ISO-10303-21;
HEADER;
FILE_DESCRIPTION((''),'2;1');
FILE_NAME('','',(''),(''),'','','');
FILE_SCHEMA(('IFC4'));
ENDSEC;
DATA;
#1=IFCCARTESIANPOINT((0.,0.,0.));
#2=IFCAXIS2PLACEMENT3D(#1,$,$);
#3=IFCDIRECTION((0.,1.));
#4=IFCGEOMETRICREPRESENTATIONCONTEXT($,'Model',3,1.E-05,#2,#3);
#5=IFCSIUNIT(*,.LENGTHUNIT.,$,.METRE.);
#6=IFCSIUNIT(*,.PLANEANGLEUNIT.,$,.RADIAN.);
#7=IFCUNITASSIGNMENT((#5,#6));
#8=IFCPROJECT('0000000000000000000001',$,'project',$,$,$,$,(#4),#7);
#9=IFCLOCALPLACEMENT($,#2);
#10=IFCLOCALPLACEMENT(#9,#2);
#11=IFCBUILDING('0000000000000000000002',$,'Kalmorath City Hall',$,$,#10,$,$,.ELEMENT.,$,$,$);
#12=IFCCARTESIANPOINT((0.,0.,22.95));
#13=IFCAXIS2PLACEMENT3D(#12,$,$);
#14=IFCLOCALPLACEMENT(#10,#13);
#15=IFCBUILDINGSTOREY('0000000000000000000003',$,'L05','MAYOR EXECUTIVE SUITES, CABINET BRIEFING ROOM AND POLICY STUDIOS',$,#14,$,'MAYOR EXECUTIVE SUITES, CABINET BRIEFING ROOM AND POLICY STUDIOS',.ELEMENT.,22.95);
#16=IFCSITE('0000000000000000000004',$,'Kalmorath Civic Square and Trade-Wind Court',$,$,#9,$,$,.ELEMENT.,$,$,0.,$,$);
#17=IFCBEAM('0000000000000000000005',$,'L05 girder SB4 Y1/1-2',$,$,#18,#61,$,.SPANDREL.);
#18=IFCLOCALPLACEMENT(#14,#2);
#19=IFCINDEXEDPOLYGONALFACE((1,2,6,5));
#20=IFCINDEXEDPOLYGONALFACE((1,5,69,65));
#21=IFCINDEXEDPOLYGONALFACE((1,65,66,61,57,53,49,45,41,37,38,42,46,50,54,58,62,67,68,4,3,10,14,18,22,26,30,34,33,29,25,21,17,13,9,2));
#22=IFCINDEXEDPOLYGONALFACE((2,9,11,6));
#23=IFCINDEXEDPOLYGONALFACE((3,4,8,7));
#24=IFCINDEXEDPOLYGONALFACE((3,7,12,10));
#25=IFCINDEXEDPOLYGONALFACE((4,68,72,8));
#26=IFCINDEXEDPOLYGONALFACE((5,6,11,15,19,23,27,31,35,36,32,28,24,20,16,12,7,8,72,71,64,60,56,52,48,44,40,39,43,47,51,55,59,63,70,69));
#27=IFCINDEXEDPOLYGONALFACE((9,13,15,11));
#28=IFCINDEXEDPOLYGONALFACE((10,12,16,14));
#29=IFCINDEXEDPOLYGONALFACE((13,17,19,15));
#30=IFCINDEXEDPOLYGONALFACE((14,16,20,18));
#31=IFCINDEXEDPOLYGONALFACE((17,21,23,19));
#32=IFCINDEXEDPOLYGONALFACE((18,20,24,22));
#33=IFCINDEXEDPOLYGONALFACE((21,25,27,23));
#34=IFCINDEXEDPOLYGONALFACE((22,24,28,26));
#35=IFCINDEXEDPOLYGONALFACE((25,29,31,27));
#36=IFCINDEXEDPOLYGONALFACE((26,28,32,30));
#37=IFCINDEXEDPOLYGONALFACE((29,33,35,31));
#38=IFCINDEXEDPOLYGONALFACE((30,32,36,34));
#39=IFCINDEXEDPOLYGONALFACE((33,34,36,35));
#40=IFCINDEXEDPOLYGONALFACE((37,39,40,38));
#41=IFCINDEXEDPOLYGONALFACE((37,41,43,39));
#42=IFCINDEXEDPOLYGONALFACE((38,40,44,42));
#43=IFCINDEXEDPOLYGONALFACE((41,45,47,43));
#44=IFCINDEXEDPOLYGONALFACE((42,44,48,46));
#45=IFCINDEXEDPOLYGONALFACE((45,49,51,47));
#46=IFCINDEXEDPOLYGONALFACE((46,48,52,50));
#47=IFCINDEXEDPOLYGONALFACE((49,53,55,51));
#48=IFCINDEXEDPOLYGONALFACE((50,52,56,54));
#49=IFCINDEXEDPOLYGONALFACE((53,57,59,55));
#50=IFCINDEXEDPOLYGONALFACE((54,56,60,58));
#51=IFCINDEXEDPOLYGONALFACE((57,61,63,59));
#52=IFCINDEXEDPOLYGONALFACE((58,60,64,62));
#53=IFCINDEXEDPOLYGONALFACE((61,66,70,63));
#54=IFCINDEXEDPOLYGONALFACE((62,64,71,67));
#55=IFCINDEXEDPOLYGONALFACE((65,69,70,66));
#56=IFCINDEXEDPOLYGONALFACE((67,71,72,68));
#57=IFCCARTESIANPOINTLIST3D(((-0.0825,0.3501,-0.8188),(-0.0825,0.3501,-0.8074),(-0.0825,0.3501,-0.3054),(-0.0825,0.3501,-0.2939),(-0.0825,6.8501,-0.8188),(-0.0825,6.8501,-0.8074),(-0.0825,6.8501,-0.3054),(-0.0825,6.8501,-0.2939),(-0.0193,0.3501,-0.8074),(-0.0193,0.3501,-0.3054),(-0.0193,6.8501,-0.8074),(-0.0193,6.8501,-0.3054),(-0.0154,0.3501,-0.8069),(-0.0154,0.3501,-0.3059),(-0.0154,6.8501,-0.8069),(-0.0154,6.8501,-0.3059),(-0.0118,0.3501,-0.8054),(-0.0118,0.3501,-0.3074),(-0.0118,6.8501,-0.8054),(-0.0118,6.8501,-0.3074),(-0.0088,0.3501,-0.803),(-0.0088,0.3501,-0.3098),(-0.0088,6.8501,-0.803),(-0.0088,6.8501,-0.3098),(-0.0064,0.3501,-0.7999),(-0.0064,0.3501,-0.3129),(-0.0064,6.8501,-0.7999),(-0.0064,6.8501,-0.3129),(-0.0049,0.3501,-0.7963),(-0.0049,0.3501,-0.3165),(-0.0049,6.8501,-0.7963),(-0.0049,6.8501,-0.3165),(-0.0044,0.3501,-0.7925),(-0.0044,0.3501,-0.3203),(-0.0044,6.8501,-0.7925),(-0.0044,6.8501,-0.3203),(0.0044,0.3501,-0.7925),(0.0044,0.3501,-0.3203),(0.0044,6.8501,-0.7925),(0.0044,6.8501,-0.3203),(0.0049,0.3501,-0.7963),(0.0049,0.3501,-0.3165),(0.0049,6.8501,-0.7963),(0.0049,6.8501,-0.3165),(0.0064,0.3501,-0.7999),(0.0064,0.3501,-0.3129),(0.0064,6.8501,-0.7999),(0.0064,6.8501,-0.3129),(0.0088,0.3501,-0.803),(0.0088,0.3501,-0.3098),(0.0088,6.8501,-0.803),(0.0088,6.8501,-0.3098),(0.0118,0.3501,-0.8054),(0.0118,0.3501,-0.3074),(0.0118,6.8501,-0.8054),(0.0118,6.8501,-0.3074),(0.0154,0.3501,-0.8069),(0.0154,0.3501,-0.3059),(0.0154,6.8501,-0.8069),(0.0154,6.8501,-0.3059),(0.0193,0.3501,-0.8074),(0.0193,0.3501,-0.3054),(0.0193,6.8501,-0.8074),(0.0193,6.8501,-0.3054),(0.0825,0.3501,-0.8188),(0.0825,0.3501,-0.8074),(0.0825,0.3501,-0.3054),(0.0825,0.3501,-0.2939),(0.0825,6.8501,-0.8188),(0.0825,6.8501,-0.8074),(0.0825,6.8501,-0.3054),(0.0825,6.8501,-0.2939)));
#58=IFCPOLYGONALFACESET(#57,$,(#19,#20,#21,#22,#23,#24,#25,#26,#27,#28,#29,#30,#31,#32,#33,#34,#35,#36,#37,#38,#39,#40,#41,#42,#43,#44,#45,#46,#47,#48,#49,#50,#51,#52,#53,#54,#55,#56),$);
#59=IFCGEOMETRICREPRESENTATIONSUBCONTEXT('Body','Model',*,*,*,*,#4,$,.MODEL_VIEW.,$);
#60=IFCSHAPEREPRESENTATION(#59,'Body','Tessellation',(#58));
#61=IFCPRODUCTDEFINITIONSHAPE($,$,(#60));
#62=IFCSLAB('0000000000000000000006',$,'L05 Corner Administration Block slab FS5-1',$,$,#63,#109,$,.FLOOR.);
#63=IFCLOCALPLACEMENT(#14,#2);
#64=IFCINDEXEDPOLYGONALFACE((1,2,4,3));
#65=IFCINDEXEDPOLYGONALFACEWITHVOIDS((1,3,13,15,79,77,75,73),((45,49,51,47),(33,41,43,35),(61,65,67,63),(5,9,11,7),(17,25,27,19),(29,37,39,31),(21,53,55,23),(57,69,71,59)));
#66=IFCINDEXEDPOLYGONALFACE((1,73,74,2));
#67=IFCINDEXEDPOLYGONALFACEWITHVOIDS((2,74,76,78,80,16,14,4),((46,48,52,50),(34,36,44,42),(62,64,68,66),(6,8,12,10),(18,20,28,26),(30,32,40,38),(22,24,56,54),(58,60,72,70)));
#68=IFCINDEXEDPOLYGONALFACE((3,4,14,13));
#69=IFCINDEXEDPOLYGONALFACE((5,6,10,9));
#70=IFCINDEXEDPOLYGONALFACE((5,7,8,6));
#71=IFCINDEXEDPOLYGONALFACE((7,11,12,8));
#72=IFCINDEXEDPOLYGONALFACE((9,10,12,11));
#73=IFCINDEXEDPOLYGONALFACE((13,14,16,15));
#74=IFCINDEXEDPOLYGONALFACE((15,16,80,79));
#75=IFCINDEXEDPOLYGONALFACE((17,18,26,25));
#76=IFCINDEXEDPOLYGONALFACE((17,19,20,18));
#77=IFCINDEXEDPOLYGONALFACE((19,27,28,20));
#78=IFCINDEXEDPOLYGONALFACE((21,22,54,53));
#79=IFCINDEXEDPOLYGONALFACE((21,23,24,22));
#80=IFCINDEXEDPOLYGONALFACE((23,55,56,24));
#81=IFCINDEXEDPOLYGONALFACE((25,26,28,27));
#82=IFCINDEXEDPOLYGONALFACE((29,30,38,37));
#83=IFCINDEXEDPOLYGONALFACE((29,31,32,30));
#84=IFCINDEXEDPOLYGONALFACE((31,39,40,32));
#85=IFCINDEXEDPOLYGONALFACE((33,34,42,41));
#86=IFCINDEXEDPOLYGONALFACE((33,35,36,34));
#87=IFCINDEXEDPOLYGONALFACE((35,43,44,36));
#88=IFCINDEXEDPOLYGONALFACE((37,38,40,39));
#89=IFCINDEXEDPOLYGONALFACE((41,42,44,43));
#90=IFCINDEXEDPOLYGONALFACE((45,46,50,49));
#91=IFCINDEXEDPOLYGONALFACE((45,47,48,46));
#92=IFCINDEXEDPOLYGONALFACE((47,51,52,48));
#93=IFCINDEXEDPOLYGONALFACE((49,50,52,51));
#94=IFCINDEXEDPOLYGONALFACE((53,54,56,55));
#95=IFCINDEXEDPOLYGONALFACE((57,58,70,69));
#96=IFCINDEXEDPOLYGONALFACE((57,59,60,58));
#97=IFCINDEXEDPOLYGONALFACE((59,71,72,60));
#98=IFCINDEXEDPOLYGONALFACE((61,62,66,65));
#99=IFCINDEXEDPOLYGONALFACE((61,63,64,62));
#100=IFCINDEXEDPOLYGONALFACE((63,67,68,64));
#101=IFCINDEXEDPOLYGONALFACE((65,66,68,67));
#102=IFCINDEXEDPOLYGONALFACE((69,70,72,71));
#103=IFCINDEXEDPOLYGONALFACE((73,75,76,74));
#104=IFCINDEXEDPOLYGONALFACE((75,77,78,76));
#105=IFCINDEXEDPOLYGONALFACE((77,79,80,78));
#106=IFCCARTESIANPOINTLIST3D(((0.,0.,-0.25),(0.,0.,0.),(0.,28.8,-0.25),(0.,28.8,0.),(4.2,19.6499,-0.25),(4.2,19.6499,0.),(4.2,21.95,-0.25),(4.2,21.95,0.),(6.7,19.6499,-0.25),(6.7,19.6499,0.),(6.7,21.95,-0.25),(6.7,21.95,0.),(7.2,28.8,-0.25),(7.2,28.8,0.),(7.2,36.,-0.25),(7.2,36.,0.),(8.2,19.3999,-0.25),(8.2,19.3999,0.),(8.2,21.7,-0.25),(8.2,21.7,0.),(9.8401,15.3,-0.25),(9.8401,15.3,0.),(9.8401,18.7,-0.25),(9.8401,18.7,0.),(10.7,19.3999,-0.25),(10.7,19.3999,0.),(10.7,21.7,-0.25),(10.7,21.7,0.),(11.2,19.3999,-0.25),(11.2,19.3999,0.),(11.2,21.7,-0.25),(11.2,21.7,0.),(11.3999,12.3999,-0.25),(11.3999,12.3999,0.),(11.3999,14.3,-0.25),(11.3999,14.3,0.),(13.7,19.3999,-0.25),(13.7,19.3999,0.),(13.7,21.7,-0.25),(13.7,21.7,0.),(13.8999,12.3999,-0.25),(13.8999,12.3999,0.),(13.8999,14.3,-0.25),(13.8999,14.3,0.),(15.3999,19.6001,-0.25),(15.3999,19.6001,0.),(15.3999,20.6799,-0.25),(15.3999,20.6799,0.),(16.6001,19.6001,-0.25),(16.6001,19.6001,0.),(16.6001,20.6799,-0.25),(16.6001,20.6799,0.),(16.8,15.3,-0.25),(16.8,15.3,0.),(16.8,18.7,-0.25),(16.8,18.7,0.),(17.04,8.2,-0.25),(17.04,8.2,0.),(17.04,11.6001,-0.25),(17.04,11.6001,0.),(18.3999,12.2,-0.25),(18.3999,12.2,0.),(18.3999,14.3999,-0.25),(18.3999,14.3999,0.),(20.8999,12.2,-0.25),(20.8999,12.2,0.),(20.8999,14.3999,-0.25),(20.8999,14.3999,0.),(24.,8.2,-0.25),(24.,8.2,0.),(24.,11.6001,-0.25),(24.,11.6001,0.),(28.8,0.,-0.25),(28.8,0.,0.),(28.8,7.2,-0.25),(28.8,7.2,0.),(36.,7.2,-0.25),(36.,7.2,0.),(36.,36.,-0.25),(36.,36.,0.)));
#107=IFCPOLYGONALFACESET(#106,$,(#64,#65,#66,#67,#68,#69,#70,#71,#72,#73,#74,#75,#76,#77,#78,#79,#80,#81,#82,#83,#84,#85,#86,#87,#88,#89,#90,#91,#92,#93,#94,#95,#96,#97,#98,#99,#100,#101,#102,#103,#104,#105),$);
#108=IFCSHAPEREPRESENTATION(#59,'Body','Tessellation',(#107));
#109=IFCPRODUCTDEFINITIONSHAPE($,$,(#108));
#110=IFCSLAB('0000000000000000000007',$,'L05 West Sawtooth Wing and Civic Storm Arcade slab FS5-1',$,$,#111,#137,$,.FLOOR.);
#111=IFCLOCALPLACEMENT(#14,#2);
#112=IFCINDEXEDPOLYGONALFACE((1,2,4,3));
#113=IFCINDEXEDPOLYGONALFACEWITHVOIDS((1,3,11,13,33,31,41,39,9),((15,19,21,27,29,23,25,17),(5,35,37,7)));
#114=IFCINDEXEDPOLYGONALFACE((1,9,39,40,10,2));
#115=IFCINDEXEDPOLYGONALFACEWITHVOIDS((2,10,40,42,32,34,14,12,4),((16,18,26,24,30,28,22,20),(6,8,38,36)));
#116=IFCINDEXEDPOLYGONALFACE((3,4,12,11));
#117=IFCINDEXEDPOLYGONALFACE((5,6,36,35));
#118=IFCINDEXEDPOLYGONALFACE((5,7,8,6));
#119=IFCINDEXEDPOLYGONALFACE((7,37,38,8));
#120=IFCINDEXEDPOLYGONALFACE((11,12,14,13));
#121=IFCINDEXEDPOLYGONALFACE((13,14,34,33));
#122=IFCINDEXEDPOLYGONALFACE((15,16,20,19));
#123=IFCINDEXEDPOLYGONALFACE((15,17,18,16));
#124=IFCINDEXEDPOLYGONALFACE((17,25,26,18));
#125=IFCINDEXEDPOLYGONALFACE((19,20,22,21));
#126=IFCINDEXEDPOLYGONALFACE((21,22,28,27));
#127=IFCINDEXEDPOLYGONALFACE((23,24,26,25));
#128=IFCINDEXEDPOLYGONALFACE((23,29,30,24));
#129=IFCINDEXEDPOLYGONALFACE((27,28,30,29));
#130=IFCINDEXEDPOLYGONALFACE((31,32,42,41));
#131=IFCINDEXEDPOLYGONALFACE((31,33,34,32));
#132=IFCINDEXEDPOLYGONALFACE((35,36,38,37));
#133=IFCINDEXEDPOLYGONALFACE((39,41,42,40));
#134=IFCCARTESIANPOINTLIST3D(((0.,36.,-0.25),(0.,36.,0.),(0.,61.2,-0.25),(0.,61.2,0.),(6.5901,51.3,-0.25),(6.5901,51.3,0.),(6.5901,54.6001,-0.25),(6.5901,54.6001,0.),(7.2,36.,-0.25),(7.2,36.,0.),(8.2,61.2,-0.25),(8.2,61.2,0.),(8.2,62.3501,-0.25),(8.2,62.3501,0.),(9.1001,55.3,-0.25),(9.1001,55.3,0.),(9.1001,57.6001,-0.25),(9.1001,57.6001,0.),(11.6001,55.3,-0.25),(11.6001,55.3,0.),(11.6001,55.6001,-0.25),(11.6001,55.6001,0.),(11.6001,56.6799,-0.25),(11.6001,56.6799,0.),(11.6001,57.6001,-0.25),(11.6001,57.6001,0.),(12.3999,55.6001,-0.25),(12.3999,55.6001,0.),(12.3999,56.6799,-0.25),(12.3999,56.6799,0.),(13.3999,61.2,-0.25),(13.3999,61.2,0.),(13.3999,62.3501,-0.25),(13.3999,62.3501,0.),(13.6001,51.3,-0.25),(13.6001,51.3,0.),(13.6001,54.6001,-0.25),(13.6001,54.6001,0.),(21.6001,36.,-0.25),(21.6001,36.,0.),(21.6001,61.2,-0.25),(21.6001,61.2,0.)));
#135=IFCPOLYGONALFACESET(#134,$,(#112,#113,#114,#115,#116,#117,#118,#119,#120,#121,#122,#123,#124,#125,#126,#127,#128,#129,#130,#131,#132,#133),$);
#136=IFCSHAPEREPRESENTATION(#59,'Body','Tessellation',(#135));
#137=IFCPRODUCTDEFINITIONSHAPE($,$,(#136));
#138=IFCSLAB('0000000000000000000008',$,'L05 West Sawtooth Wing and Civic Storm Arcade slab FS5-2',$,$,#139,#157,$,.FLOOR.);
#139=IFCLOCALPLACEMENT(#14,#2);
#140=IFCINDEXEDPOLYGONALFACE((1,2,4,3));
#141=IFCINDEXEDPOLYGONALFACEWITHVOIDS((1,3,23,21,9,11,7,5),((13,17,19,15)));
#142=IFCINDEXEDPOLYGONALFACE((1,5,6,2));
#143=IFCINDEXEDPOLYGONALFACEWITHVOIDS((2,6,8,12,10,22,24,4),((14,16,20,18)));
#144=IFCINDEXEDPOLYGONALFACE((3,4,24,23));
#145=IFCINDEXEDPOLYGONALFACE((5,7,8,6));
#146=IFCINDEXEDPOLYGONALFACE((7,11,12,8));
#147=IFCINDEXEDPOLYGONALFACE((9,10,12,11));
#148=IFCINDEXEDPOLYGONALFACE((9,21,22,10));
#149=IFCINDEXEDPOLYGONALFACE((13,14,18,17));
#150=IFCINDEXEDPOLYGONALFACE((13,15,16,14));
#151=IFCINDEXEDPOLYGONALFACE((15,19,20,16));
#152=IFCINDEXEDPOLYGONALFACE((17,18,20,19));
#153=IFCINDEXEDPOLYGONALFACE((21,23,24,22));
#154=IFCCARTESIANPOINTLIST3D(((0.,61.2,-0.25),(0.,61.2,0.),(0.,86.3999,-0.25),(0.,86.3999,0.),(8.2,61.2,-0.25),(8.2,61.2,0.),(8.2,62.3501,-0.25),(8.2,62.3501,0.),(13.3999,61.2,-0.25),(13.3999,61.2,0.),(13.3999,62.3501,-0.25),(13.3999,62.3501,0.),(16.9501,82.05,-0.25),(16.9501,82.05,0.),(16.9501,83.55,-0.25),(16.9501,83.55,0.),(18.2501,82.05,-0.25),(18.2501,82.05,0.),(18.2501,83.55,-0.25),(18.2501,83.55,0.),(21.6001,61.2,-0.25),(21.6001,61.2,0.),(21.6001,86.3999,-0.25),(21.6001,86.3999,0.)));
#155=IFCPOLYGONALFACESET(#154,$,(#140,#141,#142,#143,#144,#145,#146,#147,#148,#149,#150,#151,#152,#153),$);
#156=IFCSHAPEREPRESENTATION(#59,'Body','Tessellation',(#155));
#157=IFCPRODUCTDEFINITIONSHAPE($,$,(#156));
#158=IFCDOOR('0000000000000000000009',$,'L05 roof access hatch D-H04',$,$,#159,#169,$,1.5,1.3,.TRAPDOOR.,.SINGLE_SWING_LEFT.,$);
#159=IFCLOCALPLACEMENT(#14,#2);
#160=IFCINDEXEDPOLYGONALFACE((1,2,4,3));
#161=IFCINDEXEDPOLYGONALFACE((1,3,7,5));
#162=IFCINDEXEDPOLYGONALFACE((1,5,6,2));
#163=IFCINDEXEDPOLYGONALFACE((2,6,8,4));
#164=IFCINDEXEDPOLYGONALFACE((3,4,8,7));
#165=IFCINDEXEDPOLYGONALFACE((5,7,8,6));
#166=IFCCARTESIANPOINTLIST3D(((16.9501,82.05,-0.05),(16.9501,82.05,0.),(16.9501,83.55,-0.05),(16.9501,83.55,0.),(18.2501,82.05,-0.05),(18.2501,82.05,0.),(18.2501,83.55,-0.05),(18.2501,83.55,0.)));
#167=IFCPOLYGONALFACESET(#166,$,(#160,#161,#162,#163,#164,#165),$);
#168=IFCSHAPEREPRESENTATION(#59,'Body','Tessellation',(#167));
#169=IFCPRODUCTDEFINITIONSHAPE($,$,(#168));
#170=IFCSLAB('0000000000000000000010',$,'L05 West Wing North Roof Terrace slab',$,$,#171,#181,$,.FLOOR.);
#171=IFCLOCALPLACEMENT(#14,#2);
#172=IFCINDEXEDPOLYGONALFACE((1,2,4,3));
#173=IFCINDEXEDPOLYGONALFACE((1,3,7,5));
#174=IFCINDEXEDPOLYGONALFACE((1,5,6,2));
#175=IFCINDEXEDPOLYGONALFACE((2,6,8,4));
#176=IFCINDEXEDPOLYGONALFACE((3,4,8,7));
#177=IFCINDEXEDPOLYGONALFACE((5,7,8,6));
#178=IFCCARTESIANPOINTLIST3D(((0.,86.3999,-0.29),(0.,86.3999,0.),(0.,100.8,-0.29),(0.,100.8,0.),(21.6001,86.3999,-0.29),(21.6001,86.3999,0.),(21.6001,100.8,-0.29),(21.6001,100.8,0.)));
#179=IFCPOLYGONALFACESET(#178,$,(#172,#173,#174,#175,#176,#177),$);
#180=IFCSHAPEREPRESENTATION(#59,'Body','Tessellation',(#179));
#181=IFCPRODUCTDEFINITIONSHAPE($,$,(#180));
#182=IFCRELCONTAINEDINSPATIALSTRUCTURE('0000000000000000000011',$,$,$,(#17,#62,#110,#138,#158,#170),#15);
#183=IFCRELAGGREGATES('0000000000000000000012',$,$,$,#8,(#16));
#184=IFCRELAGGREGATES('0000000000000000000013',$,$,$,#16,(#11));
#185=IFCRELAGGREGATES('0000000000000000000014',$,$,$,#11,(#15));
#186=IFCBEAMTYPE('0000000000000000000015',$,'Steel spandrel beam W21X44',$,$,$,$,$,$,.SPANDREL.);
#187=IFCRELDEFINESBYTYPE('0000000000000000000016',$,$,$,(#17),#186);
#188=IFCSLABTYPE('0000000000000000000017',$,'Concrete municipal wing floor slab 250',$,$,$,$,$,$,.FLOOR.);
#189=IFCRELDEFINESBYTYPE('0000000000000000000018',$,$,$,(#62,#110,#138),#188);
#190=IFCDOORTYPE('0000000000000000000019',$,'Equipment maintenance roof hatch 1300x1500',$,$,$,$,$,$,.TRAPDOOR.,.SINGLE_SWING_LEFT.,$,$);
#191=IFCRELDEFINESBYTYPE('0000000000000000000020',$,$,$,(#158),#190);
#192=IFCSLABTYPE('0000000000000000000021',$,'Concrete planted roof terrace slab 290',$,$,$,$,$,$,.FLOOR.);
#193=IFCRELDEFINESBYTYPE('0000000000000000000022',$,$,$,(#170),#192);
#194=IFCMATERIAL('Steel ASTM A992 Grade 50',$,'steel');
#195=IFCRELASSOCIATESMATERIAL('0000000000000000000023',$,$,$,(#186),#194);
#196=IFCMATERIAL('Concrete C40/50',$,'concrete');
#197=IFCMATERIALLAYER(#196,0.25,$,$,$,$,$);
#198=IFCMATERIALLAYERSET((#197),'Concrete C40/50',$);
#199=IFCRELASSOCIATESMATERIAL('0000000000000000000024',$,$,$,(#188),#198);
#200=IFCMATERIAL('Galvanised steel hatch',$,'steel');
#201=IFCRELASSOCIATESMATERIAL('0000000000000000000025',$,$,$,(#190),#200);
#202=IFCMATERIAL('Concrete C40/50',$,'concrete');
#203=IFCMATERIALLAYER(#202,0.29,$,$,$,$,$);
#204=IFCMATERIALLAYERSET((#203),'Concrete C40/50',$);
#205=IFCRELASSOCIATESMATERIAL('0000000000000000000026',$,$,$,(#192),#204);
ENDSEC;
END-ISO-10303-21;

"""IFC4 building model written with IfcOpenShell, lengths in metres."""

from ifc_helpers import new_model, si_unit, direction, frame, origin, origin_2d, place, context, subcontext, project, spatial, polyline, rectangle, i_section, outline, extrude, material, layer, layer_set, material_profile, profile_set, type_object, element, fill, save


model = new_model("IFC4")

# Units and contexts
model_context = context("Model", 3, precision=1e-05, world=origin(), true_north=direction((0.0, 1.0)))
body_context = subcontext(model_context, "Body", "Model", "MODEL_VIEW")
ifc_project = project(units=[si_unit("LENGTHUNIT", "METRE"), si_unit("PLANEANGLEUNIT", "RADIAN")], contexts=[model_context])

# Site, building, storey
site_placement = place(None, origin())
site = spatial("IfcSite", under=ifc_project, at=site_placement, Name="Kalmorath Civic Square and Trade-Wind Court", CompositionType="ELEMENT", RefElevation=0.0)
building_placement = place(site_placement, origin())
building = spatial("IfcBuilding", under=site, at=building_placement, Name="Kalmorath City Hall", CompositionType="ELEMENT")
storey_placement = place(building_placement, frame((0.0, 0.0, 22.95)))
storey = spatial("IfcBuildingStorey", under=building, at=storey_placement, Name="L05", Description="MAYOR EXECUTIVE SUITES, CABINET BRIEFING ROOM AND POLICY STUDIOS", LongName="MAYOR EXECUTIVE SUITES, CABINET BRIEFING ROOM AND POLICY STUDIOS", CompositionType="ELEMENT", Elevation=22.95)

# Beam
ifc_material_1 = material(Name="Steel ASTM A992 Grade 50", Category="steel")
ifc_material_profile_1 = material_profile(ifc_material_1, i_section(OverallWidth=0.165, OverallDepth=0.5249, WebThickness=0.0088, FlangeThickness=0.0115, FilletRadius=0.0149, at=origin_2d()), Name="W21X44")
ifc_profile_set_1 = profile_set([ifc_material_profile_1], Name="Steel ASTM A992 Grade 50")
beam_type_1 = type_object("IfcBeamType", Name="Steel spandrel beam W21X44", PredefinedType="SPANDREL", material=ifc_profile_set_1)
for number, where, z_axis, x_axis, name in (
    (1, (0.0, 0.3501, -0.5564), (0.0, 1.0, 0.0), (-1.0, 0.0, 0.0), "L05 girder SB4 Y1/1-2"),
):
    element("IfcBeam", number, at=place(storey_placement, frame(where, z_axis=z_axis, x_axis=x_axis)), inside=storey, type_object=beam_type_1, Name=name, PredefinedType="SPANDREL", context=body_context, shape_type="SweptSolid", body=[
        extrude(i_section(OverallWidth=0.165, OverallDepth=0.5249, WebThickness=0.0088, FlangeThickness=0.0115, FilletRadius=0.0149, at=origin_2d()), origin(), (0.0, 0.0, 1.0), 6.5),
    ])

# Slabs
ifc_material_2 = material(Name="Concrete C40/50", Category="concrete")
ifc_layer_1 = layer(ifc_material_2, 0.25)
ifc_layer_set_1 = layer_set([ifc_layer_1], Name="Concrete C40/50")
slab_type_1 = type_object("IfcSlabType", Name="Concrete municipal wing floor slab 250", PredefinedType="FLOOR", material=ifc_layer_set_1)
slab_1_placement = place(storey_placement, frame((0.0, 0.0, -0.25)))
element("IfcSlab", 2, at=slab_1_placement, inside=storey, type_object=slab_type_1, Name="L05 Corner Administration Block slab FS5-1", PredefinedType="FLOOR", context=body_context, shape_type="SweptSolid", body=[
    extrude(outline(polyline([(0.0, 28.8), (7.2, 28.8), (7.2, 36.0), (36.0, 36.0), (36.0, 7.2), (28.8, 7.2), (28.8, 0.0), (0.0, 0.0), (0.0, 28.8)]), holes=[polyline([(16.8, 15.3), (16.8, 18.7), (9.8401, 18.7), (9.8401, 15.3), (16.8, 15.3)]), polyline([(4.2, 19.6499), (6.7, 19.6499), (6.7, 21.95), (4.2, 21.95), (4.2, 19.6499)]), polyline([(8.2, 21.7), (8.2, 19.3999), (10.7, 19.3999), (10.7, 21.7), (8.2, 21.7)]), polyline([(13.7, 21.7), (11.2, 21.7), (11.2, 19.3999), (13.7, 19.3999), (13.7, 21.7)]), polyline([(24.0, 8.2), (24.0, 11.6001), (17.04, 11.6001), (17.04, 8.2), (24.0, 8.2)]), polyline([(11.3999, 12.3999), (13.8999, 12.3999), (13.8999, 14.3), (11.3999, 14.3), (11.3999, 12.3999)]), polyline([(18.3999, 14.3999), (18.3999, 12.2), (20.8999, 12.2), (20.8999, 14.3999), (18.3999, 14.3999)]), polyline([(16.6001, 20.6799), (15.3999, 20.6799), (15.3999, 19.6001), (16.6001, 19.6001), (16.6001, 20.6799)])]), origin(), (0.0, 0.0, 1.0), 0.25),
])
slab_2_placement = place(storey_placement, frame((0.0, 0.0, -0.25)))
element("IfcSlab", 3, at=slab_2_placement, inside=storey, type_object=slab_type_1, Name="L05 West Sawtooth Wing and Civic Storm Arcade slab FS5-1", PredefinedType="FLOOR", context=body_context, shape_type="SweptSolid", body=[
    extrude(outline(polyline([(0.0, 36.0), (0.0, 61.2), (8.2, 61.2), (8.2, 62.3501), (13.3999, 62.3501), (13.3999, 61.2), (21.6001, 61.2), (21.6001, 36.0), (7.2, 36.0), (0.0, 36.0)]), holes=[polyline([(13.6001, 51.3), (13.6001, 54.6001), (6.5901, 54.6001), (6.5901, 51.3), (13.6001, 51.3)]), polyline([(12.3999, 56.6799), (11.6001, 56.6799), (11.6001, 57.6001), (9.1001, 57.6001), (9.1001, 55.3), (11.6001, 55.3), (11.6001, 55.6001), (12.3999, 55.6001), (12.3999, 56.6799)])]), origin(), (0.0, 0.0, 1.0), 0.25),
])

# Slab, opening, door
slab_3_placement = place(storey_placement, frame((0.0, 0.0, -0.25)))
slab_3 = element("IfcSlab", 4, at=slab_3_placement, inside=storey, type_object=slab_type_1, Name="L05 West Sawtooth Wing and Civic Storm Arcade slab FS5-2", PredefinedType="FLOOR", context=body_context, shape_type="SweptSolid", body=[
    extrude(outline(polyline([(21.6001, 86.3999), (21.6001, 61.2), (13.3999, 61.2), (13.3999, 62.3501), (8.2, 62.3501), (8.2, 61.2), (0.0, 61.2), (0.0, 86.3999), (21.6001, 86.3999)])), origin(), (0.0, 0.0, 1.0), 0.25),
])
opening_1_placement = place(slab_3_placement, frame((17.6001, 82.8, 0.0)))
opening_1 = element("IfcOpeningElement", 5, at=opening_1_placement, cuts=slab_3, PredefinedType="OPENING", context=body_context, shape_type="SweptSolid", body=[
    extrude(rectangle(XDim=1.3, YDim=1.5, at=origin_2d()), origin(), (0.0, 0.0, 1.0), 0.25),
])
ifc_material_3 = material(Name="Galvanised steel hatch", Category="steel")
door_type = type_object("IfcDoorType", Name="Equipment maintenance roof hatch 1300x1500", OperationType="SINGLE_SWING_LEFT", PredefinedType="TRAPDOOR", material=ifc_material_3)
door_placement = place(opening_1_placement, frame((0.0, 0.0, 0.2)))
door = element("IfcDoor", 6, at=door_placement, inside=storey, type_object=door_type, Name="L05 roof access hatch D-H04", OperationType="SINGLE_SWING_LEFT", OverallHeight=1.5, OverallWidth=1.3, PredefinedType="TRAPDOOR", context=body_context, shape_type="SweptSolid", body=[
    extrude(rectangle(XDim=1.3, YDim=1.5, at=origin_2d()), origin(), (0.0, 0.0, 1.0), 0.05),
])
fill(opening_1, door)

# Slab
ifc_material_4 = material(Name="Concrete C40/50", Category="concrete")
ifc_layer_2 = layer(ifc_material_4, 0.29)
ifc_layer_set_2 = layer_set([ifc_layer_2], Name="Concrete C40/50")
slab_type_2 = type_object("IfcSlabType", Name="Concrete planted roof terrace slab 290", PredefinedType="FLOOR", material=ifc_layer_set_2)
slab_4_placement = place(storey_placement, frame((0.0, 0.0, -0.29)))
element("IfcSlab", 7, at=slab_4_placement, inside=storey, type_object=slab_type_2, Name="L05 West Wing North Roof Terrace slab", PredefinedType="FLOOR", context=body_context, shape_type="SweptSolid", body=[
    extrude(outline(polyline([(0.0, 86.3999), (21.6001, 86.3999), (21.6001, 100.8), (0.0, 100.8), (0.0, 86.3999)])), origin(), (0.0, 0.0, 1.0), 0.29),
])

save(model, "model.ifc")
